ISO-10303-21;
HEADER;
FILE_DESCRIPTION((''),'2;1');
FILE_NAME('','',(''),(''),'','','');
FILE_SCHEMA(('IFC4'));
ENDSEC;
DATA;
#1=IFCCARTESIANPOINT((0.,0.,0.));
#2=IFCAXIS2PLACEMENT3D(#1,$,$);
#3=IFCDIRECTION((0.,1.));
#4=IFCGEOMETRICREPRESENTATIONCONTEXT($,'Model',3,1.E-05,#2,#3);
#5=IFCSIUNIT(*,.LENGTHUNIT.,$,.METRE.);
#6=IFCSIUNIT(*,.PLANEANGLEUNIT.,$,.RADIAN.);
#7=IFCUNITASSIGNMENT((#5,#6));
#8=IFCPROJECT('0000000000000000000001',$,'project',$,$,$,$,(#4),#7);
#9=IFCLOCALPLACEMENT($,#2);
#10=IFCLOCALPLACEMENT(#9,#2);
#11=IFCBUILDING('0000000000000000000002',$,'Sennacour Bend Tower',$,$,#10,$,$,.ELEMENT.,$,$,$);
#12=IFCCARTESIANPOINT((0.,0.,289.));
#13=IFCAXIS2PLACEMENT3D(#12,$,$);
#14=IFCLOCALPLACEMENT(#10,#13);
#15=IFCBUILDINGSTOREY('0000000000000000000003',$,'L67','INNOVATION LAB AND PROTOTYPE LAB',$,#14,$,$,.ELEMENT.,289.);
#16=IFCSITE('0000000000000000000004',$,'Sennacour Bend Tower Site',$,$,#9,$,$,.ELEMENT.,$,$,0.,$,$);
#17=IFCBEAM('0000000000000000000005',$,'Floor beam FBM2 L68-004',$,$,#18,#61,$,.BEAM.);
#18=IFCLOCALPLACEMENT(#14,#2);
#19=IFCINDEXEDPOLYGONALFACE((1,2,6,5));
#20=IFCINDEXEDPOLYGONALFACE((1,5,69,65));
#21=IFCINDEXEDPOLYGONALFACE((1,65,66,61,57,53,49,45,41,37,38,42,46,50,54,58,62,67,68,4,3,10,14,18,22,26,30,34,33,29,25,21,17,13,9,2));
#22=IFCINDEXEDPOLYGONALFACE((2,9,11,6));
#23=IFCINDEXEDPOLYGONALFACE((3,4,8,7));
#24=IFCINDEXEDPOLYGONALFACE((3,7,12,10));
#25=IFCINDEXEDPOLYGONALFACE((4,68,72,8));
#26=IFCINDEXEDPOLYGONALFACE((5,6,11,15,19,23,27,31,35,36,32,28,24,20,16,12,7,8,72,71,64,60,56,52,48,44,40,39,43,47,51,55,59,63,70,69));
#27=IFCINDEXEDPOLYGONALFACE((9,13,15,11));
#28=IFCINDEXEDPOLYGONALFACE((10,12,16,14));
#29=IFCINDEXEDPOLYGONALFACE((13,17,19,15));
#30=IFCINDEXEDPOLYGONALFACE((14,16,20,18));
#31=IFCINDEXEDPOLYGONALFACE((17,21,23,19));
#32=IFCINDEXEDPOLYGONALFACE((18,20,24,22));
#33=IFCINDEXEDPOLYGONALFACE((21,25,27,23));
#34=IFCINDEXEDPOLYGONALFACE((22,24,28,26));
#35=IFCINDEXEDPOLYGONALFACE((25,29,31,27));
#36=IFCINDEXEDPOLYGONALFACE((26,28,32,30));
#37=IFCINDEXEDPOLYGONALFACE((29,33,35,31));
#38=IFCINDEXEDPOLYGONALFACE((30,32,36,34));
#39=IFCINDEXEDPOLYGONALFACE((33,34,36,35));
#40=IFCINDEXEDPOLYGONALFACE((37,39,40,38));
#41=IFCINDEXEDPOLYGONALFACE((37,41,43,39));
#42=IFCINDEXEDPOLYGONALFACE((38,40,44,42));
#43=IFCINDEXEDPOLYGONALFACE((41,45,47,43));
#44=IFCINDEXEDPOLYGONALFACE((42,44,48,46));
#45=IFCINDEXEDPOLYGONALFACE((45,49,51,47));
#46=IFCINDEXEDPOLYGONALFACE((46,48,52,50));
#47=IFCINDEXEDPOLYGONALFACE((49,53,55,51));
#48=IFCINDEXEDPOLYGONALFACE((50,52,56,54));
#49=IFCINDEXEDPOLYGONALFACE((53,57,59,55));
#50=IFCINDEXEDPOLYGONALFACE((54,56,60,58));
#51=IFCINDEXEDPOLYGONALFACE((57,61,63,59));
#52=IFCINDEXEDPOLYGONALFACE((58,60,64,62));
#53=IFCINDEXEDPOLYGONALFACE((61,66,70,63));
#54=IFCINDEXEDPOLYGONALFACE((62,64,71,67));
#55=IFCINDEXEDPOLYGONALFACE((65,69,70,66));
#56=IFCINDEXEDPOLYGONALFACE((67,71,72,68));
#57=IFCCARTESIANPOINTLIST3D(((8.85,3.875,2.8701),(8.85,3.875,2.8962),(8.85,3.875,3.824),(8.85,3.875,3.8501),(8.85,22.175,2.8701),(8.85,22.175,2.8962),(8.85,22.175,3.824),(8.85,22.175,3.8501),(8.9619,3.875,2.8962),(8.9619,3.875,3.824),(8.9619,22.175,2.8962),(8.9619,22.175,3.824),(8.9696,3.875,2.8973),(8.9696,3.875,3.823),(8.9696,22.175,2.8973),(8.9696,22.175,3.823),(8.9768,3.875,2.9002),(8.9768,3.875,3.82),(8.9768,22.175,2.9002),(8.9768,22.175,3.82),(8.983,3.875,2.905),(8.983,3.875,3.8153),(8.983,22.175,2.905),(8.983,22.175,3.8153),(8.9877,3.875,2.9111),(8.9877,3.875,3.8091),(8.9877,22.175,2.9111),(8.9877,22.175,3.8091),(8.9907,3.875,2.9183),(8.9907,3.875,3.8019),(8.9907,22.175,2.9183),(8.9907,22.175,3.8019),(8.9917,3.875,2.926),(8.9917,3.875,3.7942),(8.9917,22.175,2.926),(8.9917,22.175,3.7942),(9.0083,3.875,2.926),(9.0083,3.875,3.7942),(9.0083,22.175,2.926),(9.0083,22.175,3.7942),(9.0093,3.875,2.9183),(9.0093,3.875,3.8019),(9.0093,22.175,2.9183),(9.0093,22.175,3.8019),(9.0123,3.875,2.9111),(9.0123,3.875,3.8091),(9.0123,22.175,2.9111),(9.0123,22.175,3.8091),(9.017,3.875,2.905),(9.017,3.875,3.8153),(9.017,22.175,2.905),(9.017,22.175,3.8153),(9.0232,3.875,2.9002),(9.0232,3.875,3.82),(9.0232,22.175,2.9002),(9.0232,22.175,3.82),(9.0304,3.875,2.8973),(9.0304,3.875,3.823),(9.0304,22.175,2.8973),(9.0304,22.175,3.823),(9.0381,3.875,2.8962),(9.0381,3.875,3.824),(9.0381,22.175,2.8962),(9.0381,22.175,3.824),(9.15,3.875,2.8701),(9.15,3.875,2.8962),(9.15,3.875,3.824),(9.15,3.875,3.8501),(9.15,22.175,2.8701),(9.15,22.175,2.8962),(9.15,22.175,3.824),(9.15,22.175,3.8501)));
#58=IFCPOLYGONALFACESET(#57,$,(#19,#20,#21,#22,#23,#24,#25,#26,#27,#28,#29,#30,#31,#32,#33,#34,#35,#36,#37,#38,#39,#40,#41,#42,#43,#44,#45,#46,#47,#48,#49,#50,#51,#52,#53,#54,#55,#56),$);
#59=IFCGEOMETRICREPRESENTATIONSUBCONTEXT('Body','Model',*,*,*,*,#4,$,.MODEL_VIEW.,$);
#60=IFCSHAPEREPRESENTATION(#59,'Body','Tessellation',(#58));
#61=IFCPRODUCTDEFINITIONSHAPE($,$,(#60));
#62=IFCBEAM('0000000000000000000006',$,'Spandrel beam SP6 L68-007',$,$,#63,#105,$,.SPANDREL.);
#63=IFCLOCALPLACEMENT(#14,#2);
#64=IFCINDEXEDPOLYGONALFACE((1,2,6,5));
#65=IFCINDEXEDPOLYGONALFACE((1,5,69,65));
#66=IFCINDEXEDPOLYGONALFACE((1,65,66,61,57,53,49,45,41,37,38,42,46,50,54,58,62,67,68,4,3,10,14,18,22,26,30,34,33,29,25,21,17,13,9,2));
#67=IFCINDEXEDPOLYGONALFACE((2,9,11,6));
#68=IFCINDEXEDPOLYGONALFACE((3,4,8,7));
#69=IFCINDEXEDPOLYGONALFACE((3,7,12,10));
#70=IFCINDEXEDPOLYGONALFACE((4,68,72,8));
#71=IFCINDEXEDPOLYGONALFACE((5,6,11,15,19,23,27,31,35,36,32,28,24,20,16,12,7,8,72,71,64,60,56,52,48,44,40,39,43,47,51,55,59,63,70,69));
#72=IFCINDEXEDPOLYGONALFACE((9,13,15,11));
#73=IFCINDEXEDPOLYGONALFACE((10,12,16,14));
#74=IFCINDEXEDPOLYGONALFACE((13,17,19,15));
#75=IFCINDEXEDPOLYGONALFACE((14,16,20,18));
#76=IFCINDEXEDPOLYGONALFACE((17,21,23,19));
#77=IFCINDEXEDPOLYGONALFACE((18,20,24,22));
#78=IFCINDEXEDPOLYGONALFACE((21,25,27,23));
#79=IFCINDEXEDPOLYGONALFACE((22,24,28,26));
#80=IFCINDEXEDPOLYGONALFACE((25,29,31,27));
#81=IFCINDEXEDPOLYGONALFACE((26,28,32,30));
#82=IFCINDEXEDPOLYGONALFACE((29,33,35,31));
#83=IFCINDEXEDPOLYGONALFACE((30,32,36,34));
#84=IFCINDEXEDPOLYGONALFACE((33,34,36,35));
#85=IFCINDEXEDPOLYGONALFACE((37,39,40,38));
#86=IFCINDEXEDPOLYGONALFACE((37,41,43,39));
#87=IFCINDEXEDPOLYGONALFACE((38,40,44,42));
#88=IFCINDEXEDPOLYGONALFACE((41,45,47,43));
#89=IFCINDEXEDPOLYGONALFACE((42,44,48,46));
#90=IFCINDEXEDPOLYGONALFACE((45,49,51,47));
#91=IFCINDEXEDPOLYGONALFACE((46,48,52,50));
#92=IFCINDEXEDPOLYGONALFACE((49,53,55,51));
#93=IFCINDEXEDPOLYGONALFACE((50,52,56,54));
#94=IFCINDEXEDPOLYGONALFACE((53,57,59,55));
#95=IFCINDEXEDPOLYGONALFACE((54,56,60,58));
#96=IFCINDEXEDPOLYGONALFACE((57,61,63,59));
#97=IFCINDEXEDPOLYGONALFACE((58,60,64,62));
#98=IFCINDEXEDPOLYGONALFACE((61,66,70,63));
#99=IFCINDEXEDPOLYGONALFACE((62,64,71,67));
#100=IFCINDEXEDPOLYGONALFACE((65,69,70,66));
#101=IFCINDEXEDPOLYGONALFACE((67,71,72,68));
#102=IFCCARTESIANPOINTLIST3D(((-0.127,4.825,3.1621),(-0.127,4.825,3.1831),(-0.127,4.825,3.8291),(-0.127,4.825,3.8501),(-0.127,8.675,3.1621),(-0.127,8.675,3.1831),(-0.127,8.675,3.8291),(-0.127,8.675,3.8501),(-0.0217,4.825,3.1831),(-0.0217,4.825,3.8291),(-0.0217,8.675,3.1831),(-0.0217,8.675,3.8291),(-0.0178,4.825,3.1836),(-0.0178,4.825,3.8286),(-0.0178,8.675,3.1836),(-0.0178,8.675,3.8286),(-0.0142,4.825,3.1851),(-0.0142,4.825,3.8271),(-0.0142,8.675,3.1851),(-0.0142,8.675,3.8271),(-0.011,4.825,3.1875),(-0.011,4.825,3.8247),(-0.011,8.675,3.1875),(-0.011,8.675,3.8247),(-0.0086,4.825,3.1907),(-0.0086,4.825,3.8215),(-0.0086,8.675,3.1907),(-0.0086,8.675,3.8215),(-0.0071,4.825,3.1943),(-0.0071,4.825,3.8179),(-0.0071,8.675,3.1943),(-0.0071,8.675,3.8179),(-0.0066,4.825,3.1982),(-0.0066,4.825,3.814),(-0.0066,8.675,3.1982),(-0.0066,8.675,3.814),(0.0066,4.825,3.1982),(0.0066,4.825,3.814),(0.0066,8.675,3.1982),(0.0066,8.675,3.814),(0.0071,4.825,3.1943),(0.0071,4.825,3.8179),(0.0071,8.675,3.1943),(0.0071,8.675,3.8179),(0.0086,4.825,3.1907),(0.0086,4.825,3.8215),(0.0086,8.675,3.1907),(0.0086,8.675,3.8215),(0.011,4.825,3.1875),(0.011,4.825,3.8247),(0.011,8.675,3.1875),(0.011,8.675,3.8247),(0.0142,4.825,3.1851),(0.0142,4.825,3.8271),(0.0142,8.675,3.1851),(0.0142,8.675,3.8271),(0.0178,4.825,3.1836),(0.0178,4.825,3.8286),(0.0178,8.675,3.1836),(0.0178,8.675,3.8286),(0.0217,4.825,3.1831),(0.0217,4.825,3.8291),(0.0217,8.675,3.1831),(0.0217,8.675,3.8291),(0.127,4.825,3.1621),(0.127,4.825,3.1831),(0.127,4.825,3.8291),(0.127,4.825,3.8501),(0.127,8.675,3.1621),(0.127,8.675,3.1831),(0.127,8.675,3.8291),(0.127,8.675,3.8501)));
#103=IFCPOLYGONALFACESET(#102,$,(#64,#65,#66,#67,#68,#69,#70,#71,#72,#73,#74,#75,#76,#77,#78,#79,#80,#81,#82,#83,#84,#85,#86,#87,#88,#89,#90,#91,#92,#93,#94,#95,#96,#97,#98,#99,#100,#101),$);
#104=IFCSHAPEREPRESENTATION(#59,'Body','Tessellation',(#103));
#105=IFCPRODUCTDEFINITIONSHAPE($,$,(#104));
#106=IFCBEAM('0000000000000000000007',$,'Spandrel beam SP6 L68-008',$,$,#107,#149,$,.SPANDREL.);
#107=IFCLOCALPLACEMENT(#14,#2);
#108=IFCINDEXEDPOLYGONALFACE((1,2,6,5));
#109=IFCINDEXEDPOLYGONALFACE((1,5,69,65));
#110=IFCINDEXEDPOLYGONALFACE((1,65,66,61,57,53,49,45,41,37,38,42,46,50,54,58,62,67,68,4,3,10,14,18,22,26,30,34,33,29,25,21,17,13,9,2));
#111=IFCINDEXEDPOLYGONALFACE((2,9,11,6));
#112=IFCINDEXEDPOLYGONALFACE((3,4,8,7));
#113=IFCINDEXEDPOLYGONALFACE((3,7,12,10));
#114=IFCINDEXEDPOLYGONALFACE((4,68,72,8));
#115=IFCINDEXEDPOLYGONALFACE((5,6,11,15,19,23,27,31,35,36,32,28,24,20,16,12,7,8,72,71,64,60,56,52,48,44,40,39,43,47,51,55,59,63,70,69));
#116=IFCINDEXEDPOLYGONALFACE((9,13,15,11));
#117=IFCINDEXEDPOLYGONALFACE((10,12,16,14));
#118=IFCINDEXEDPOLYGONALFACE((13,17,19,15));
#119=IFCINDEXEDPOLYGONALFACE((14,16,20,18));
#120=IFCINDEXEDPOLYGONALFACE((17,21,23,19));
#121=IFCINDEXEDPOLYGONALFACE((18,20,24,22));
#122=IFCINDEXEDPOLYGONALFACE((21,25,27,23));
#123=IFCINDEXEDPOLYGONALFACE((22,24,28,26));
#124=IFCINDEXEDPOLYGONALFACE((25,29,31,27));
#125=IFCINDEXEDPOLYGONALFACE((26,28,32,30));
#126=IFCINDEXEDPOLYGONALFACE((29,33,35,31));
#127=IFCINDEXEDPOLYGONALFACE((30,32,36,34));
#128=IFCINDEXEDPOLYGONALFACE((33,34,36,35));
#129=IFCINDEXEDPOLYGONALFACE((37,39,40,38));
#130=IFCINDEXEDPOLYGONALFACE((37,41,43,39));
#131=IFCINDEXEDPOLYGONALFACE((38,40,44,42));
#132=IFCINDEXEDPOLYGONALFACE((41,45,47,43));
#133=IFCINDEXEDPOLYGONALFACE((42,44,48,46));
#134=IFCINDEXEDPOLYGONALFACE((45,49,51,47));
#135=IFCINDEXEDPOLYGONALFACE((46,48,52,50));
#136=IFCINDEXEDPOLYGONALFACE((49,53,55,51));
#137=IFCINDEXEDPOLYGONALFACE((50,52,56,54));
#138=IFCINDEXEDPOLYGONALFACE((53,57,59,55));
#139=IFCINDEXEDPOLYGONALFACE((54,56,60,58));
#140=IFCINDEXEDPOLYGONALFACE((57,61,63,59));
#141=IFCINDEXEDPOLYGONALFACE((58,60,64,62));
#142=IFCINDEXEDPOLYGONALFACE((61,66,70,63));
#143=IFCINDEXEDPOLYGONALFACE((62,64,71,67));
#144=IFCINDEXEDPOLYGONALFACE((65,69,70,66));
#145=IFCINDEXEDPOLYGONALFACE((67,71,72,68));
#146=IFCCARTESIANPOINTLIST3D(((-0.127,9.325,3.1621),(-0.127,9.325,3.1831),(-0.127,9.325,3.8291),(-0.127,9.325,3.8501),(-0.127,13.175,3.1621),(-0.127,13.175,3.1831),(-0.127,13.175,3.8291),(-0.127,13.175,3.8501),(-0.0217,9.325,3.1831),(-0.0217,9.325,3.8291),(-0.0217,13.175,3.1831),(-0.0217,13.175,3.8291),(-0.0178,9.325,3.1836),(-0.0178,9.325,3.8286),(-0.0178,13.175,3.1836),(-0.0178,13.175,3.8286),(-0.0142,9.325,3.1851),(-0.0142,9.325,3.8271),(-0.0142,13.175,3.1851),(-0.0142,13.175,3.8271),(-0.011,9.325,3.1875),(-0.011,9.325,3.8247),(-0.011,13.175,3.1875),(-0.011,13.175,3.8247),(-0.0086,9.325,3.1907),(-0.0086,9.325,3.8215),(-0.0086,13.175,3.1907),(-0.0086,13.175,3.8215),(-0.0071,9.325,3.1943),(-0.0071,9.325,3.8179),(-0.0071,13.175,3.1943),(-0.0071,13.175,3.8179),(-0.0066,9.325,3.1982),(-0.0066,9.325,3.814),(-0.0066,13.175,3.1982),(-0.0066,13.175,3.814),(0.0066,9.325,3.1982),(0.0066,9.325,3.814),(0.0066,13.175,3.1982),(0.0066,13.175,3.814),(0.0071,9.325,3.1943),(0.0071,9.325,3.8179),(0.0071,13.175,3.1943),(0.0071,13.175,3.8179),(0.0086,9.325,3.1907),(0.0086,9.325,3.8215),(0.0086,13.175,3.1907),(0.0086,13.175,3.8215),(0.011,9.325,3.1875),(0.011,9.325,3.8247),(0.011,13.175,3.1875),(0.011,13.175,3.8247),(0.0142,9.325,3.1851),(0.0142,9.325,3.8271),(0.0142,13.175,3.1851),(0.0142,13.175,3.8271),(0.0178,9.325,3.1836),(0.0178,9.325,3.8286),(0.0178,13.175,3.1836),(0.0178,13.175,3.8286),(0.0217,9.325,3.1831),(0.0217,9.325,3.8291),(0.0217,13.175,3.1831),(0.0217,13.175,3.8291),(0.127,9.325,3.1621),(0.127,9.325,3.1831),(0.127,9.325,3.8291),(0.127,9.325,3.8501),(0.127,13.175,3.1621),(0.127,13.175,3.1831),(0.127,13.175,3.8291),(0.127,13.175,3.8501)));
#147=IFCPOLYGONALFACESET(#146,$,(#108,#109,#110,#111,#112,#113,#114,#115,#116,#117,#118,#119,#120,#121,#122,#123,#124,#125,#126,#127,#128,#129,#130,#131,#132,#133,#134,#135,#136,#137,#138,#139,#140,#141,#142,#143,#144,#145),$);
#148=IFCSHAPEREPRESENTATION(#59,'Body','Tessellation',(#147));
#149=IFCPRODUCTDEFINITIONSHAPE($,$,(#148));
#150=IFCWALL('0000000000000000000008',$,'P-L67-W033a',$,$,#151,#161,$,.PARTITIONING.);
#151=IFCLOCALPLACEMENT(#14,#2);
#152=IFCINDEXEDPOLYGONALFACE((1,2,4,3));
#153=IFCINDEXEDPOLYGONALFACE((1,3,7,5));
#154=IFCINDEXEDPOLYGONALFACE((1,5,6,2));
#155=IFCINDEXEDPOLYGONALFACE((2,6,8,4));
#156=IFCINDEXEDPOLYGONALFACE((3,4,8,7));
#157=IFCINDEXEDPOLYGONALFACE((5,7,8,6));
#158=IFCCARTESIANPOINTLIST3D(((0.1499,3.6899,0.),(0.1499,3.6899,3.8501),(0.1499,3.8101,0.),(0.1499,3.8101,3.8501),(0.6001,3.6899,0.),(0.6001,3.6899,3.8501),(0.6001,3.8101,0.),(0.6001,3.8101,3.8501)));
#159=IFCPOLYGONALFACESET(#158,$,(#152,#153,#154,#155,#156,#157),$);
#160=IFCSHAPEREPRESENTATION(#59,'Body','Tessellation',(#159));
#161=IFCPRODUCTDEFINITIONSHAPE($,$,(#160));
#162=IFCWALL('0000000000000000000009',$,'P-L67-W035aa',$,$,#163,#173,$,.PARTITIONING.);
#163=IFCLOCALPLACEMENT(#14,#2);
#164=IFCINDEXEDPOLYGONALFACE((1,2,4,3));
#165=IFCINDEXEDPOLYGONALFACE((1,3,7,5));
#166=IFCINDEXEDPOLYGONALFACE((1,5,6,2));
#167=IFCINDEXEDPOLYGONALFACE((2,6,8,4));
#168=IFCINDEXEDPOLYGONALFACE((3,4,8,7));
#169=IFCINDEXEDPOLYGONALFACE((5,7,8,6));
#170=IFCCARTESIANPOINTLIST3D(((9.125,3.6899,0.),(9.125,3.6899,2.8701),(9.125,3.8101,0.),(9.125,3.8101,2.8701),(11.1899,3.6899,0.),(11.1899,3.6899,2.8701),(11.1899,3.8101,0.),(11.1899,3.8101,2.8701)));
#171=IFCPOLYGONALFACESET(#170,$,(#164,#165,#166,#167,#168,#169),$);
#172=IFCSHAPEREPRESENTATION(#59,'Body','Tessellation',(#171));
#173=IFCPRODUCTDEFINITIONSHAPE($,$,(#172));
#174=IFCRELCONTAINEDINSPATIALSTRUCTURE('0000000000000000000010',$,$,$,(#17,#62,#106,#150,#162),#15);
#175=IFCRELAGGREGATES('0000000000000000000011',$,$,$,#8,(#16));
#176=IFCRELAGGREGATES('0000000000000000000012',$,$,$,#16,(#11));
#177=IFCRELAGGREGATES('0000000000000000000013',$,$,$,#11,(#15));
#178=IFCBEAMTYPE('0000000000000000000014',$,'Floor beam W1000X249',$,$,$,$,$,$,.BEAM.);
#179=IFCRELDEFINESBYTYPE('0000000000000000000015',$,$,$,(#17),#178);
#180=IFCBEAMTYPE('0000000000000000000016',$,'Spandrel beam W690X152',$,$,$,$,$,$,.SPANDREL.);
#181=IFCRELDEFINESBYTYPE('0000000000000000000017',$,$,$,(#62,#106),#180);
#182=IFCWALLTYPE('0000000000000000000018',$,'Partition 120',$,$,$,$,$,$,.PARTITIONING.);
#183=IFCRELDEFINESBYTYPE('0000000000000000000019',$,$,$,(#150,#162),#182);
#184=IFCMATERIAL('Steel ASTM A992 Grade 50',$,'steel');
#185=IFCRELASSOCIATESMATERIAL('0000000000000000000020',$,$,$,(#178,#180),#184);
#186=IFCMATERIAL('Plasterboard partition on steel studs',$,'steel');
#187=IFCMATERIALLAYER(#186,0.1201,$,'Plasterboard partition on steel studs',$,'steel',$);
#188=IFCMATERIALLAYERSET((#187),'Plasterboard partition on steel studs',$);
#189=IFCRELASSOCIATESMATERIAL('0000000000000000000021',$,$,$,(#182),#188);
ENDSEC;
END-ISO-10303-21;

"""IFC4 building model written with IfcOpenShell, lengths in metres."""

from ifc_helpers import new_model, si_unit, direction, frame, frame_2d, origin, origin_2d, place, context, subcontext, project, spatial, rectangle, i_section, extrude, material, layer, layer_set, material_profile, profile_set, type_object, element, save


model = new_model("IFC4")

# Units and contexts
model_context = context("Model", 3, precision=1e-05, world=origin(), true_north=direction((0.0, 1.0)))
body_context = subcontext(model_context, "Body", "Model", "MODEL_VIEW")
ifc_project = project(units=[si_unit("LENGTHUNIT", "METRE"), si_unit("PLANEANGLEUNIT", "RADIAN")], contexts=[model_context])

# Site, building, storey
site_placement = place(None, origin())
site = spatial("IfcSite", under=ifc_project, at=site_placement, Name="Sennacour Bend Tower Site", CompositionType="ELEMENT", RefElevation=0.0)
building_placement = place(site_placement, origin())
building = spatial("IfcBuilding", under=site, at=building_placement, Name="Sennacour Bend Tower", CompositionType="ELEMENT")
storey_placement = place(building_placement, frame((0.0, 0.0, 289.0)))
storey = spatial("IfcBuildingStorey", under=building, at=storey_placement, Name="L67", Description="INNOVATION LAB AND PROTOTYPE LAB", CompositionType="ELEMENT", Elevation=289.0)

# Beams
ifc_material_1 = material(Name="Steel ASTM A992 Grade 50", Category="steel")
ifc_material_profile_1 = material_profile(ifc_material_1, i_section(OverallWidth=0.3, OverallDepth=0.98, WebThickness=0.0166, FlangeThickness=0.0261, FilletRadius=0.0298, at=origin_2d()), Name="Steel ASTM A992 Grade 50", Category="steel")
ifc_profile_set_1 = profile_set([ifc_material_profile_1], Name="Steel ASTM A992 Grade 50")
beam_type_1 = type_object("IfcBeamType", Name="Floor beam W1000X249", PredefinedType="BEAM", material=ifc_profile_set_1)
beam_1_placement = place(storey_placement, frame((9.0, 3.875, 3.3601), z_axis=(0.0, 1.0, 0.0), x_axis=(-1.0, 0.0, 0.0)))
element("IfcBeam", 1, at=beam_1_placement, inside=storey, type_object=beam_type_1, Name="Floor beam FBM2 L68-004", PredefinedType="BEAM", context=body_context, shape_type="SweptSolid", body=[
    extrude(i_section(OverallWidth=0.3, OverallDepth=0.98, WebThickness=0.0166, FlangeThickness=0.0261, FilletRadius=0.0298, at=origin_2d()), origin(), (0.0, 0.0, 1.0), 18.3),
])
ifc_material_profile_2 = material_profile(ifc_material_1, i_section(OverallWidth=0.2539, OverallDepth=0.688, WebThickness=0.0132, FlangeThickness=0.021, FilletRadius=0.0151, at=origin_2d()), Name="Steel ASTM A992 Grade 50", Category="steel")
ifc_profile_set_2 = profile_set([ifc_material_profile_2], Name="Steel ASTM A992 Grade 50")
beam_type_2 = type_object("IfcBeamType", Name="Spandrel beam W690X152", PredefinedType="SPANDREL", material=ifc_profile_set_2)
for number, where, z_axis, x_axis, name in (
    (2, (0.0, 4.825, 3.5061), (0.0, 1.0, 0.0), (-1.0, 0.0, 0.0), "Spandrel beam SP6 L68-007"),
    (3, (0.0, 9.325, 3.5061), (0.0, 1.0, 0.0), (-1.0, 0.0, 0.0), "Spandrel beam SP6 L68-008"),
):
    element("IfcBeam", number, at=place(storey_placement, frame(where, z_axis=z_axis, x_axis=x_axis)), inside=storey, type_object=beam_type_2, Name=name, PredefinedType="SPANDREL", context=body_context, shape_type="SweptSolid", body=[
        extrude(i_section(OverallWidth=0.2539, OverallDepth=0.688, WebThickness=0.0132, FlangeThickness=0.021, FilletRadius=0.0151, at=origin_2d()), origin(), (0.0, 0.0, 1.0), 3.8501),
    ])

# Walls
ifc_material_2 = material(Name="Plasterboard partition on steel studs", Category="steel")
ifc_layer_1 = layer(ifc_material_2, 0.1201, Name="Plasterboard partition on steel studs", Category="steel")
ifc_layer_set_1 = layer_set([ifc_layer_1], Name="Plasterboard partition on steel studs")
wall_type_1 = type_object("IfcWallType", Name="Partition 120", PredefinedType="PARTITIONING", material=ifc_layer_set_1)
wall_1_placement = place(storey_placement, frame((0.1499, 3.75, 0.0), z_axis=(0.0, 0.0, 1.0), x_axis=(1.0, 0.0, 0.0)))
element("IfcWall", 4, at=wall_1_placement, inside=storey, type_object=wall_type_1, Name="P-L67-W033a", PredefinedType="PARTITIONING", context=body_context, shape_type="SweptSolid", body=[
    extrude(rectangle(XDim=0.4502, YDim=0.1201, at=frame_2d((0.2251, 0.0))), origin(), (0.0, 0.0, 1.0), 3.8501),
])
wall_2_placement = place(storey_placement, frame((9.125, 3.75, 0.0), z_axis=(0.0, 0.0, 1.0), x_axis=(1.0, 0.0, 0.0)))
element("IfcWall", 5, at=wall_2_placement, inside=storey, type_object=wall_type_1, Name="P-L67-W035aa", PredefinedType="PARTITIONING", context=body_context, shape_type="SweptSolid", body=[
    extrude(rectangle(XDim=2.0649, YDim=0.1201, at=frame_2d((1.0325, 0.0))), origin(), (0.0, 0.0, 1.0), 2.8701),
])

save(model, "model.ifc")
